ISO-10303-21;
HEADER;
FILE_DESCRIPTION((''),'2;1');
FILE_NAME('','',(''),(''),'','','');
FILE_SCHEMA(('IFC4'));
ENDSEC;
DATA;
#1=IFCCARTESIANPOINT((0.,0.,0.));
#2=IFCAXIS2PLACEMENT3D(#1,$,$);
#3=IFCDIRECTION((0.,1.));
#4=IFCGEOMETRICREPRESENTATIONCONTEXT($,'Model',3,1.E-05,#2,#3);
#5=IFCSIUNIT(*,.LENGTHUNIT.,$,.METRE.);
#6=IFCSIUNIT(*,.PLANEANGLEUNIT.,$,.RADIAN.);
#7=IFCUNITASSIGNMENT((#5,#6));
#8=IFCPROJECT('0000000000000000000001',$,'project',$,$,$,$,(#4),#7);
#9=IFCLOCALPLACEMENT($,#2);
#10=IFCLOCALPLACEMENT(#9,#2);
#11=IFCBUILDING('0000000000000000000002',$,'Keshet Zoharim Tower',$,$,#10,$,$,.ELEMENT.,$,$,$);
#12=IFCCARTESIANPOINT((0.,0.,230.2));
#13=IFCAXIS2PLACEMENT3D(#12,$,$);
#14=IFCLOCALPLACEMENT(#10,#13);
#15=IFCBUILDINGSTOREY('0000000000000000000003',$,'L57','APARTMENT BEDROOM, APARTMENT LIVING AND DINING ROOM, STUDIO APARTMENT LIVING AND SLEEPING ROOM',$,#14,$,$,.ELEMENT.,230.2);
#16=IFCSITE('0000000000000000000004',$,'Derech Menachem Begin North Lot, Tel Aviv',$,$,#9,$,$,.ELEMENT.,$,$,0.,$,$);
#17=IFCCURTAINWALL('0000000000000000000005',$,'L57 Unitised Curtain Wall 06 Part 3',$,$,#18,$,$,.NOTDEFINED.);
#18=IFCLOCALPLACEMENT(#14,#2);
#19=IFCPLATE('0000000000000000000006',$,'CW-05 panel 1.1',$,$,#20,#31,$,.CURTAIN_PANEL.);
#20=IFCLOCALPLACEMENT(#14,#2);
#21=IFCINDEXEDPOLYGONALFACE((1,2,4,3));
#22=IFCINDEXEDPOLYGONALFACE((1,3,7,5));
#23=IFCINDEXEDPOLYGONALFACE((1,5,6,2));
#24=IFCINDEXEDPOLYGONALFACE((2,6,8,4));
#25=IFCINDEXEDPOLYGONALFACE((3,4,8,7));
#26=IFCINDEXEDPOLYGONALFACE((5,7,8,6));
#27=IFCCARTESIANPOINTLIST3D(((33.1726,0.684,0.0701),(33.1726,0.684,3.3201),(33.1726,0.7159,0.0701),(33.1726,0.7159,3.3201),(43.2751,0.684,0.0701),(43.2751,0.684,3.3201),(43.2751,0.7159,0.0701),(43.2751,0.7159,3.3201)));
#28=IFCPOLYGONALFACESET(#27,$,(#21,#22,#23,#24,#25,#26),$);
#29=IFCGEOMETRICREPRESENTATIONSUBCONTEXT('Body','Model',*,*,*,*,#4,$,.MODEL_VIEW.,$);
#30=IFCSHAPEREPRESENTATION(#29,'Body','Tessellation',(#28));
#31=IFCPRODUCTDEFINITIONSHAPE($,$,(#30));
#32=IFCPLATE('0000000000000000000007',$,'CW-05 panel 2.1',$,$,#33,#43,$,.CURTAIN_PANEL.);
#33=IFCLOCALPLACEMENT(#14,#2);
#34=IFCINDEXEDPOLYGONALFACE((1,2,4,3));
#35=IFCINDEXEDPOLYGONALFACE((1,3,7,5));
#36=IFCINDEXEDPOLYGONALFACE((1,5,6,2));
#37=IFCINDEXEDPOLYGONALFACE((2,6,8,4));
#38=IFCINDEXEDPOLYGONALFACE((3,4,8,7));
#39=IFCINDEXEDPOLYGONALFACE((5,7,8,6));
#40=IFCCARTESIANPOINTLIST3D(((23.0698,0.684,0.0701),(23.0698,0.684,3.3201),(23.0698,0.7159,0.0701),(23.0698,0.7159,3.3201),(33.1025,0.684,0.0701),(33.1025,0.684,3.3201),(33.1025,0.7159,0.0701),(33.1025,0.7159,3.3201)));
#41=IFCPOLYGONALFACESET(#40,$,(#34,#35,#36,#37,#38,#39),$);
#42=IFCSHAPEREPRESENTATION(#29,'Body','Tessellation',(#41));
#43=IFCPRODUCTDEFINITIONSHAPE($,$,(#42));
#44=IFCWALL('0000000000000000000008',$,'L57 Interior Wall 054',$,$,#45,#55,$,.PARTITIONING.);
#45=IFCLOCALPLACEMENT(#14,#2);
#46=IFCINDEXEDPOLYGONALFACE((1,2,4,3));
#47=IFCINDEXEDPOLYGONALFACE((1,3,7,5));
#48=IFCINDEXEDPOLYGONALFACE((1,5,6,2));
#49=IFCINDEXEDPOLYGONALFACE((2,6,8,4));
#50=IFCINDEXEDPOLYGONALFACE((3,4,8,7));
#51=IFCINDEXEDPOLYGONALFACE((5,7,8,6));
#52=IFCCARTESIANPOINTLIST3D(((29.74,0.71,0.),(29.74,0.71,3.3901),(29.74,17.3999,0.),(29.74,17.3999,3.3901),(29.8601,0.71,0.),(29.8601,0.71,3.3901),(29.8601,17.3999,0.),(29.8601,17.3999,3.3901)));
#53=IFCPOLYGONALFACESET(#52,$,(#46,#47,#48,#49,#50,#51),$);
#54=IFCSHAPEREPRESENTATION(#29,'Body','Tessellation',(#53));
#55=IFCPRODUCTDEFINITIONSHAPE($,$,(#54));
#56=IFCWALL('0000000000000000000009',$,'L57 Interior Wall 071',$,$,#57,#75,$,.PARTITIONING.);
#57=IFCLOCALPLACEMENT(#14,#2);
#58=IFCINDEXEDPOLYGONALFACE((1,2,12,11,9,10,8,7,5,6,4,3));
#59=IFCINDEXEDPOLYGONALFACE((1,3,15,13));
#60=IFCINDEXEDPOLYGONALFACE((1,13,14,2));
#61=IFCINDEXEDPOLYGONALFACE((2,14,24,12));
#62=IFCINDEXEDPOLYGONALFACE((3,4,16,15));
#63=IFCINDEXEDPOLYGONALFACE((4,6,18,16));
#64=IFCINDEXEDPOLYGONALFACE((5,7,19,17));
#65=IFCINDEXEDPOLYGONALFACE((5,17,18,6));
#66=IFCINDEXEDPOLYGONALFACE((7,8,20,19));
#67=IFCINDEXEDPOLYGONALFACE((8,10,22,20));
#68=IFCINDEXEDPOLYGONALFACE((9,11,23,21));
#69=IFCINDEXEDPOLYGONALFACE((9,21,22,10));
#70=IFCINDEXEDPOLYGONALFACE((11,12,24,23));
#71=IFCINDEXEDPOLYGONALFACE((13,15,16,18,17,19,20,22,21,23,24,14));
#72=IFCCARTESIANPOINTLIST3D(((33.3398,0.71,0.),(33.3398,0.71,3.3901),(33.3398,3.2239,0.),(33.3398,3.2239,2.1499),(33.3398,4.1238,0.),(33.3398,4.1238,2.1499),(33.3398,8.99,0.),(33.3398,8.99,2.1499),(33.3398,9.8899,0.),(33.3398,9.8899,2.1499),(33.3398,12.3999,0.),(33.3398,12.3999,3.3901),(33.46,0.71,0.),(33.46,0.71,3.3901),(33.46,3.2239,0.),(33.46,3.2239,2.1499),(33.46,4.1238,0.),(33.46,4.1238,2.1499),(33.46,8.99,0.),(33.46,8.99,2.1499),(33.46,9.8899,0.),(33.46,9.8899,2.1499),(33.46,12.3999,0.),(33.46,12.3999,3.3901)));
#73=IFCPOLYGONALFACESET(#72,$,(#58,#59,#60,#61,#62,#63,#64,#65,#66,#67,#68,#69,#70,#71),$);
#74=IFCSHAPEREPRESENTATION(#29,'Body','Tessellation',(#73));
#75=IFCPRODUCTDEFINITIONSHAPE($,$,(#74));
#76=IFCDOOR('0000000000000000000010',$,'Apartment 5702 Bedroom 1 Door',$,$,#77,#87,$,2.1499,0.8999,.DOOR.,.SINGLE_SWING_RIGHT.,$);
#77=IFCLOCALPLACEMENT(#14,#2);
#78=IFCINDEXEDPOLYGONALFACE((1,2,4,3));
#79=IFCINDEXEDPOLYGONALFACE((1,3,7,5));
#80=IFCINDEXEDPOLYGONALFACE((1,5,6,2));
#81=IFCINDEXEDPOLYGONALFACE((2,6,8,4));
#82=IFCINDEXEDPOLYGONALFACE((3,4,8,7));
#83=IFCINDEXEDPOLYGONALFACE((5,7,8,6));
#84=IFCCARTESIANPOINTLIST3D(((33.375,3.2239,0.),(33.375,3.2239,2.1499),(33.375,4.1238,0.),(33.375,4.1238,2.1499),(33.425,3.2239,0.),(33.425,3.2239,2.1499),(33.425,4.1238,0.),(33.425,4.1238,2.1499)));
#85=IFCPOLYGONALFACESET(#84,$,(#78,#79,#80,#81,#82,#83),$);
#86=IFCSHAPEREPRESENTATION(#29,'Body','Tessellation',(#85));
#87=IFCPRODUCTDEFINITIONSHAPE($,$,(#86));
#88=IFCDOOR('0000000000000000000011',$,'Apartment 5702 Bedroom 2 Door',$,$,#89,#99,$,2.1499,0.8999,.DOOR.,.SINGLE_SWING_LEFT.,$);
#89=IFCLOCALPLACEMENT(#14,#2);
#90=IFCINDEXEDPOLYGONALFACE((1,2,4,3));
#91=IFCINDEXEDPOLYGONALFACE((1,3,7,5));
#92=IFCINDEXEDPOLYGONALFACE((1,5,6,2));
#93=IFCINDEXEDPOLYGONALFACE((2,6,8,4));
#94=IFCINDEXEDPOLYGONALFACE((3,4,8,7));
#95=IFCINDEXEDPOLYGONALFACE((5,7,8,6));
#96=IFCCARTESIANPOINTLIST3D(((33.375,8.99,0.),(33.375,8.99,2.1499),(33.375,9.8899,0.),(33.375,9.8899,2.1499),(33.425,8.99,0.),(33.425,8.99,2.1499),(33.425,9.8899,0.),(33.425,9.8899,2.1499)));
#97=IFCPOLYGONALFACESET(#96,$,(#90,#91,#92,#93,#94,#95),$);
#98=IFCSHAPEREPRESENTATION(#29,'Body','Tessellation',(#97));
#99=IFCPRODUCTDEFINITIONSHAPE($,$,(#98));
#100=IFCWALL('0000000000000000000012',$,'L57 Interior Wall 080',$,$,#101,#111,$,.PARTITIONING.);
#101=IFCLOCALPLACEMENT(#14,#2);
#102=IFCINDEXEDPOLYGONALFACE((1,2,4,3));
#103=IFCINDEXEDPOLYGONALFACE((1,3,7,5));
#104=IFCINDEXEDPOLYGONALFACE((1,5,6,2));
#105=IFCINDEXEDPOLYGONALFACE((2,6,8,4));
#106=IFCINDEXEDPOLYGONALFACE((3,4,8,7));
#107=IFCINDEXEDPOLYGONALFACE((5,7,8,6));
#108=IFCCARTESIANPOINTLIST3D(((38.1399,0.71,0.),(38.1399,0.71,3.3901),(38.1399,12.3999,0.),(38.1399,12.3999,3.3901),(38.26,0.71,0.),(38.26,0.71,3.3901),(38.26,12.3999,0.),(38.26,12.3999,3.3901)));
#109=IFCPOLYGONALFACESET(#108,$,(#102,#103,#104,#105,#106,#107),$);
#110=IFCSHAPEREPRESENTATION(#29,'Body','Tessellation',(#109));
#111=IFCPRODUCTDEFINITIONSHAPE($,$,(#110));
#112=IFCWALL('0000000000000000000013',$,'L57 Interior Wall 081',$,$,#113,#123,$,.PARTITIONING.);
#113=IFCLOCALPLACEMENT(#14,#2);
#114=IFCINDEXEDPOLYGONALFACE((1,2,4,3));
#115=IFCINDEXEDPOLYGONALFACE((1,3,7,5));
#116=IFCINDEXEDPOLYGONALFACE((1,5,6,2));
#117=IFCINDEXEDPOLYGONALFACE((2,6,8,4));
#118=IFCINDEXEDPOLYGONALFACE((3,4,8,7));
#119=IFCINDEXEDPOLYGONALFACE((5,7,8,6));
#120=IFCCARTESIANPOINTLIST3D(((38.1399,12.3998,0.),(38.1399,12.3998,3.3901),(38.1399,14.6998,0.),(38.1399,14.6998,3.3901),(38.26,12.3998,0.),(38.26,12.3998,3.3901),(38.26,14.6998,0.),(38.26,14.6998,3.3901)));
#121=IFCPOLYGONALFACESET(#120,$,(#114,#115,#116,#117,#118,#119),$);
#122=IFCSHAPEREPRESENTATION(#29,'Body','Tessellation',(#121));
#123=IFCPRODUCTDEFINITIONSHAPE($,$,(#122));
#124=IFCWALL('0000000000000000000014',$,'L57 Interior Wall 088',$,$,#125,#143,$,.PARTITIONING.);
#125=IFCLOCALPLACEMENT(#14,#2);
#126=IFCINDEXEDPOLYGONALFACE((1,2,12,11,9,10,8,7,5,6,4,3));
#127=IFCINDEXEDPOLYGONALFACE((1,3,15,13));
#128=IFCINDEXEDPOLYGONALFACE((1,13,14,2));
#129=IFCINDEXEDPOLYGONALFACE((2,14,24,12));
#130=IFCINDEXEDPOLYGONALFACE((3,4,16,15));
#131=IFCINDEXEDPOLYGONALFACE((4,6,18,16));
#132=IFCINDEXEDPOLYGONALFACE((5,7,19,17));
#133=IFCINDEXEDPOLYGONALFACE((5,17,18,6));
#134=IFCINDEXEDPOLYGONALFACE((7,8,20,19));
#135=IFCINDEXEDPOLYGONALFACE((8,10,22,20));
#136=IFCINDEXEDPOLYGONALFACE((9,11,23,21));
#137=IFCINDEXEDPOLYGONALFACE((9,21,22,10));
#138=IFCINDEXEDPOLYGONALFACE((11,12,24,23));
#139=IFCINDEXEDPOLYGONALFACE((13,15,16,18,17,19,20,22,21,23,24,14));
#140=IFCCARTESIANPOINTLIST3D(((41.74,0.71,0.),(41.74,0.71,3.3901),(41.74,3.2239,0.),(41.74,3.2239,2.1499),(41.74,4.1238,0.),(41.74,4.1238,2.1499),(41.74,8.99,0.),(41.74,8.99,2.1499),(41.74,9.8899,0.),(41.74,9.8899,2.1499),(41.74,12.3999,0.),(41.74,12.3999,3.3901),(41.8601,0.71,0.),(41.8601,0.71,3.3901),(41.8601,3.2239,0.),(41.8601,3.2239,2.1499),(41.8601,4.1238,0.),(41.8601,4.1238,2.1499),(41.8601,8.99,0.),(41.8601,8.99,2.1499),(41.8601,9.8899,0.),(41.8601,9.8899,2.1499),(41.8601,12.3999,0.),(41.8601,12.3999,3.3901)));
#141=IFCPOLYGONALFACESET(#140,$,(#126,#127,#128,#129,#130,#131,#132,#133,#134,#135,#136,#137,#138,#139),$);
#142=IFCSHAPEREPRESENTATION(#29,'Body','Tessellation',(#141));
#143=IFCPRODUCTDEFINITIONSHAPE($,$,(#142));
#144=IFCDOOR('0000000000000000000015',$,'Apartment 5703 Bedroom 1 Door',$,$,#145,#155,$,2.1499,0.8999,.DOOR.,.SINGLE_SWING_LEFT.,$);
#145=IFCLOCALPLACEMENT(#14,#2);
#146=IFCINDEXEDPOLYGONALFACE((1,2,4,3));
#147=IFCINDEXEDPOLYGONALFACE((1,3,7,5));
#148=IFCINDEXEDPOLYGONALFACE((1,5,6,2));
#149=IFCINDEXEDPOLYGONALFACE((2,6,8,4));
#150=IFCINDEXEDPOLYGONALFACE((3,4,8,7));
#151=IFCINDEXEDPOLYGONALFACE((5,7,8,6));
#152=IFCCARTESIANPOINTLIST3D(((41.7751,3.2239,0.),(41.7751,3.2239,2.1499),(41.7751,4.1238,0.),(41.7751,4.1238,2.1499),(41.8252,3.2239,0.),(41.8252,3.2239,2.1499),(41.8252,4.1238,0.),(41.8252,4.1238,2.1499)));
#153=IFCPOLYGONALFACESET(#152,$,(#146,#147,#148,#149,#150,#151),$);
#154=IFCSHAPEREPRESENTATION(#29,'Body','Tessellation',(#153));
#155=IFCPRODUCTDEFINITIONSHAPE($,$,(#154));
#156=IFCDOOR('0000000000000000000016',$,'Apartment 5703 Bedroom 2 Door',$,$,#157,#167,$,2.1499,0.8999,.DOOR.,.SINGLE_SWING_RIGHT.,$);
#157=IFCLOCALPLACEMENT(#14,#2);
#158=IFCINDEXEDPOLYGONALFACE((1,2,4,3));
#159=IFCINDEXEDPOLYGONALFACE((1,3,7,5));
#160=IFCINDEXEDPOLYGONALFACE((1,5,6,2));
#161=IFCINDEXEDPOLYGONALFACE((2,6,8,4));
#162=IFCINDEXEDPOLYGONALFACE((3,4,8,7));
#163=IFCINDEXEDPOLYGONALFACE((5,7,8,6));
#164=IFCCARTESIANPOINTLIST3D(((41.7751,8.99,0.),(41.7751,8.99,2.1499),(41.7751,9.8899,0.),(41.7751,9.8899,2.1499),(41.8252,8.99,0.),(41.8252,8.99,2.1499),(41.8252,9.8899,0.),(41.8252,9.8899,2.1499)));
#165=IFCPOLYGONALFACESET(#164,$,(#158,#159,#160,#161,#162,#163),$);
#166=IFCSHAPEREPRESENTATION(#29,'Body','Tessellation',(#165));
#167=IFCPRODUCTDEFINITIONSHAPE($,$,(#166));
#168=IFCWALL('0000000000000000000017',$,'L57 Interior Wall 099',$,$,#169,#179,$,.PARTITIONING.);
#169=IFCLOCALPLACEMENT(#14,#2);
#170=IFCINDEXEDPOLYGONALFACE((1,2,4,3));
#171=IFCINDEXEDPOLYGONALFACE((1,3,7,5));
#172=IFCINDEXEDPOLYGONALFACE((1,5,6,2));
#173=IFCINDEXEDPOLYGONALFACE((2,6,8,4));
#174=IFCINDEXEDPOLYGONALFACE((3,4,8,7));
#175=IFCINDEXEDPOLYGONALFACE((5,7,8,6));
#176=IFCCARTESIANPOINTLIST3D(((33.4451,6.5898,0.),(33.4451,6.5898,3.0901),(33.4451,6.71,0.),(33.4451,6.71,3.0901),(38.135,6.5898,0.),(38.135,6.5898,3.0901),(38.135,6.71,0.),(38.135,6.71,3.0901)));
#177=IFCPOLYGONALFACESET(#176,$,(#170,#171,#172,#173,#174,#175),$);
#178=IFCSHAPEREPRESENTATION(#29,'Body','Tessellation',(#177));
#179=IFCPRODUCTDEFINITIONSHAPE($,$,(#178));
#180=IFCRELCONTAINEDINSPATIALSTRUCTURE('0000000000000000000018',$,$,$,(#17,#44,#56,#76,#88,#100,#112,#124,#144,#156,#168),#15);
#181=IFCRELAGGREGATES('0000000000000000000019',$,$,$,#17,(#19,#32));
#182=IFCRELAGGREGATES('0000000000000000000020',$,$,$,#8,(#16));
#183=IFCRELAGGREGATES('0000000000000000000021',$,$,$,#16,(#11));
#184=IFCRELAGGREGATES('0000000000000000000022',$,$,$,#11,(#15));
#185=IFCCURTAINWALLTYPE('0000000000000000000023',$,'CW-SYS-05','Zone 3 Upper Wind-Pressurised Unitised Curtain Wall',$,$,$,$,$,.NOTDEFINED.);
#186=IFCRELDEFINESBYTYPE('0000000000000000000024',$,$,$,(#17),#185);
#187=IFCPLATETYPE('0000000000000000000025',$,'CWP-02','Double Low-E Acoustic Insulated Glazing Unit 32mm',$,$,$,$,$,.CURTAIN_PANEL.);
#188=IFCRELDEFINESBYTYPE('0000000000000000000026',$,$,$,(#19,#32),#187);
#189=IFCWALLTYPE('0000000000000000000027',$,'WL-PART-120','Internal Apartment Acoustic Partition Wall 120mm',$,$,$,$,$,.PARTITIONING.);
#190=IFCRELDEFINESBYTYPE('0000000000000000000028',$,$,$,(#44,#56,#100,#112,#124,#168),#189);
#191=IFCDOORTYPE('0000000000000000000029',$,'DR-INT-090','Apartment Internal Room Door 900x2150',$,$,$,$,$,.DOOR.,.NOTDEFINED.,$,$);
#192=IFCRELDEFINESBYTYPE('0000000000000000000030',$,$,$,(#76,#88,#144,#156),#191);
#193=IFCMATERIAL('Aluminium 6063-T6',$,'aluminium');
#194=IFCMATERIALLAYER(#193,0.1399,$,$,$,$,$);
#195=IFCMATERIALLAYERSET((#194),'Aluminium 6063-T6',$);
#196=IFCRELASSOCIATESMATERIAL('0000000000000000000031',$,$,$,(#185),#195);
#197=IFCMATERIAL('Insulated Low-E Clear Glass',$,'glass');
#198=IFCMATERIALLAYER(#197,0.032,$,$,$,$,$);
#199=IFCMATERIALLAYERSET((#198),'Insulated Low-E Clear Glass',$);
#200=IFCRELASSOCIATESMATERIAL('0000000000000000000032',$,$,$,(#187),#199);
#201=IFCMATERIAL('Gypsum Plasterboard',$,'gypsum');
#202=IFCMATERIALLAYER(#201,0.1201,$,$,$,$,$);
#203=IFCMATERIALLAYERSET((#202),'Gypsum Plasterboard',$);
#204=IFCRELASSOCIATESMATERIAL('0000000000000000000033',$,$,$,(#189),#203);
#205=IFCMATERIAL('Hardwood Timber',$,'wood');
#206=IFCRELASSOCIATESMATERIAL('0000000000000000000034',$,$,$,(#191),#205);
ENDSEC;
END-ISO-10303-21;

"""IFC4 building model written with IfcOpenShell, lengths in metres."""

from ifc_helpers import new_model, si_unit, direction, frame, frame_2d, origin, origin_2d, place, context, subcontext, project, spatial, rectangle, extrude, material, layer, layer_set, type_object, element, fill, aggregate, save


model = new_model("IFC4")

# Units and contexts
model_context = context("Model", 3, precision=1e-05, world=origin(), true_north=direction((0.0, 1.0)))
body_context = subcontext(model_context, "Body", "Model", "MODEL_VIEW")
ifc_project = project(units=[si_unit("LENGTHUNIT", "METRE"), si_unit("PLANEANGLEUNIT", "RADIAN")], contexts=[model_context])

# Site, building, storey
site_placement = place(None, origin())
site = spatial("IfcSite", under=ifc_project, at=site_placement, Name="Derech Menachem Begin North Lot, Tel Aviv", CompositionType="ELEMENT", RefElevation=0.0)
building_placement = place(site_placement, origin())
building = spatial("IfcBuilding", under=site, at=building_placement, Name="Keshet Zoharim Tower", CompositionType="ELEMENT")
storey_placement = place(building_placement, frame((0.0, 0.0, 230.2)))
storey = spatial("IfcBuildingStorey", under=building, at=storey_placement, Name="L57", Description="APARTMENT BEDROOM, APARTMENT LIVING AND DINING ROOM, STUDIO APARTMENT LIVING AND SLEEPING ROOM", CompositionType="ELEMENT", Elevation=230.2)

# Curtain wall, plates
ifc_material_1 = material(Name="Aluminium 6063-T6", Category="aluminium")
ifc_layer_1 = layer(ifc_material_1, 0.1399)
ifc_layer_set_1 = layer_set([ifc_layer_1], Name="Aluminium 6063-T6")
curtain_wall_type = type_object("IfcCurtainWallType", Name="CW-SYS-05", Description="Zone 3 Upper Wind-Pressurised Unitised Curtain Wall", PredefinedType="NOTDEFINED", material=ifc_layer_set_1)
curtain_wall_placement = place(storey_placement, origin())
curtain_wall = element("IfcCurtainWall", 1, at=curtain_wall_placement, inside=storey, type_object=curtain_wall_type, Name="L57 Unitised Curtain Wall 06 Part 3", PredefinedType="NOTDEFINED")
ifc_material_2 = material(Name="Insulated Low-E Clear Glass", Category="glass")
ifc_layer_2 = layer(ifc_material_2, 0.032)
ifc_layer_set_2 = layer_set([ifc_layer_2], Name="Insulated Low-E Clear Glass")
plate_type = type_object("IfcPlateType", Name="CWP-02", Description="Double Low-E Acoustic Insulated Glazing Unit 32mm", PredefinedType="CURTAIN_PANEL", material=ifc_layer_set_2)
plate_1_placement = place(storey_placement, frame((38.2239, 0.7, 0.0701), z_axis=(0.0, 0.0, 1.0), x_axis=(-1.0, 0.0, 0.0)))
plate_1 = element("IfcPlate", 2, at=plate_1_placement, type_object=plate_type, Name="CW-05 panel 1.1", PredefinedType="CURTAIN_PANEL", context=body_context, shape_type="SweptSolid", body=[
    extrude(rectangle(XDim=10.1025, YDim=0.032, at=origin_2d()), origin(), (0.0, 0.0, 1.0), 3.25),
])
plate_2_placement = place(storey_placement, frame((28.0862, 0.7, 0.0701), z_axis=(0.0, 0.0, 1.0), x_axis=(-1.0, 0.0, 0.0)))
plate_2 = element("IfcPlate", 3, at=plate_2_placement, type_object=plate_type, Name="CW-05 panel 2.1", PredefinedType="CURTAIN_PANEL", context=body_context, shape_type="SweptSolid", body=[
    extrude(rectangle(XDim=10.0327, YDim=0.032, at=origin_2d()), origin(), (0.0, 0.0, 1.0), 3.25),
])
aggregate(curtain_wall, [plate_1, plate_2])

# Wall
ifc_material_3 = material(Name="Gypsum Plasterboard", Category="gypsum")
ifc_layer_3 = layer(ifc_material_3, 0.1201)
ifc_layer_set_3 = layer_set([ifc_layer_3], Name="Gypsum Plasterboard")
wall_type = type_object("IfcWallType", Name="WL-PART-120", Description="Internal Apartment Acoustic Partition Wall 120mm", PredefinedType="PARTITIONING", material=ifc_layer_set_3)
wall_1_placement = place(storey_placement, frame((29.8, 0.71, 0.0), z_axis=(0.0, 0.0, 1.0), x_axis=(0.0, 1.0, 0.0)))
element("IfcWall", 4, at=wall_1_placement, inside=storey, type_object=wall_type, Name="L57 Interior Wall 054", PredefinedType="PARTITIONING", context=body_context, shape_type="SweptSolid", body=[
    extrude(rectangle(XDim=16.6899, YDim=0.1201, at=frame_2d((8.345, 0.0))), origin(), (0.0, 0.0, 1.0), 3.3901),
])

# Wall, openings, doors
wall_2_placement = place(storey_placement, frame((33.3999, 0.71, 0.0), z_axis=(0.0, 0.0, 1.0), x_axis=(0.0, 1.0, 0.0)))
wall_2 = element("IfcWall", 5, at=wall_2_placement, inside=storey, type_object=wall_type, Name="L57 Interior Wall 071", PredefinedType="PARTITIONING", context=body_context, shape_type="SweptSolid", body=[
    extrude(rectangle(XDim=11.6899, YDim=0.1201, at=frame_2d((5.845, 0.0))), origin(), (0.0, 0.0, 1.0), 3.3901),
])
opening_1_placement = place(wall_2_placement, frame((2.5139, 0.0, 0.0)))
opening_1 = element("IfcOpeningElement", 6, at=opening_1_placement, cuts=wall_2, PredefinedType="OPENING", context=body_context, shape_type="SweptSolid", body=[
    extrude(rectangle(XDim=0.8999, YDim=2.1499, at=frame_2d((0.45, 1.075))), frame((0.0, 0.0701, 0.0), z_axis=(0.0, -1.0, 0.0), x_axis=(1.0, 0.0, 0.0)), (0.0, 0.0, 1.0), 0.1401),
])
opening_2_placement = place(wall_2_placement, frame((8.28, 0.0, 0.0)))
opening_2 = element("IfcOpeningElement", 7, at=opening_2_placement, cuts=wall_2, PredefinedType="OPENING", context=body_context, shape_type="SweptSolid", body=[
    extrude(rectangle(XDim=0.8999, YDim=2.1499, at=frame_2d((0.45, 1.075))), frame((0.0, 0.0701, 0.0), z_axis=(0.0, -1.0, 0.0), x_axis=(1.0, 0.0, 0.0)), (0.0, 0.0, 1.0), 0.1401),
])
ifc_material_4 = material(Name="Hardwood Timber", Category="wood")
door_type = type_object("IfcDoorType", Name="DR-INT-090", Description="Apartment Internal Room Door 900x2150", OperationType="NOTDEFINED", PredefinedType="DOOR", material=ifc_material_4)
door_1_placement = place(opening_1_placement, origin())
door_1 = element("IfcDoor", 8, at=door_1_placement, inside=storey, type_object=door_type, Name="Apartment 5702 Bedroom 1 Door", OperationType="SINGLE_SWING_RIGHT", OverallHeight=2.1499, OverallWidth=0.8999, PredefinedType="DOOR", context=body_context, shape_type="SweptSolid", body=[
    extrude(rectangle(XDim=0.8999, YDim=2.1499, at=frame_2d((0.45, 1.075))), frame((0.0, 0.0249, 0.0), z_axis=(0.0, -1.0, 0.0), x_axis=(1.0, 0.0, 0.0)), (0.0, 0.0, 1.0), 0.05),
])
fill(opening_1, door_1)
door_2_placement = place(opening_2_placement, origin())
door_2 = element("IfcDoor", 9, at=door_2_placement, inside=storey, type_object=door_type, Name="Apartment 5702 Bedroom 2 Door", OperationType="SINGLE_SWING_LEFT", OverallHeight=2.1499, OverallWidth=0.8999, PredefinedType="DOOR", context=body_context, shape_type="SweptSolid", body=[
    extrude(rectangle(XDim=0.8999, YDim=2.1499, at=frame_2d((0.45, 1.075))), frame((0.0, 0.0249, 0.0), z_axis=(0.0, -1.0, 0.0), x_axis=(1.0, 0.0, 0.0)), (0.0, 0.0, 1.0), 0.05),
])
fill(opening_2, door_2)

# Walls
wall_3_placement = place(storey_placement, frame((38.2, 0.71, 0.0), z_axis=(0.0, 0.0, 1.0), x_axis=(0.0, 1.0, 0.0)))
element("IfcWall", 10, at=wall_3_placement, inside=storey, type_object=wall_type, Name="L57 Interior Wall 080", PredefinedType="PARTITIONING", context=body_context, shape_type="SweptSolid", body=[
    extrude(rectangle(XDim=11.6899, YDim=0.1201, at=frame_2d((5.845, 0.0))), origin(), (0.0, 0.0, 1.0), 3.3901),
])
wall_4_placement = place(storey_placement, frame((38.2, 12.3999, 0.0), z_axis=(0.0, 0.0, 1.0), x_axis=(0.0, 1.0, 0.0)))
element("IfcWall", 11, at=wall_4_placement, inside=storey, type_object=wall_type, Name="L57 Interior Wall 081", PredefinedType="PARTITIONING", context=body_context, shape_type="SweptSolid", body=[
    extrude(rectangle(XDim=2.3, YDim=0.1201, at=frame_2d((1.1499, 0.0))), origin(), (0.0, 0.0, 1.0), 3.3901),
])

# Wall, openings, doors
wall_5_placement = place(storey_placement, frame((41.8, 0.71, 0.0), z_axis=(0.0, 0.0, 1.0), x_axis=(0.0, 1.0, 0.0)))
wall_5 = element("IfcWall", 12, at=wall_5_placement, inside=storey, type_object=wall_type, Name="L57 Interior Wall 088", PredefinedType="PARTITIONING", context=body_context, shape_type="SweptSolid", body=[
    extrude(rectangle(XDim=11.6899, YDim=0.1201, at=frame_2d((5.845, 0.0))), origin(), (0.0, 0.0, 1.0), 3.3901),
])
opening_3_placement = place(wall_5_placement, frame((2.5139, 0.0, 0.0)))
opening_3 = element("IfcOpeningElement", 13, at=opening_3_placement, cuts=wall_5, PredefinedType="OPENING", context=body_context, shape_type="SweptSolid", body=[
    extrude(rectangle(XDim=0.8999, YDim=2.1499, at=frame_2d((0.45, 1.075))), frame((0.0, 0.0701, 0.0), z_axis=(0.0, -1.0, 0.0), x_axis=(1.0, 0.0, 0.0)), (0.0, 0.0, 1.0), 0.1401),
])
opening_4_placement = place(wall_5_placement, frame((8.28, 0.0, 0.0)))
opening_4 = element("IfcOpeningElement", 14, at=opening_4_placement, cuts=wall_5, PredefinedType="OPENING", context=body_context, shape_type="SweptSolid", body=[
    extrude(rectangle(XDim=0.8999, YDim=2.1499, at=frame_2d((0.45, 1.075))), frame((0.0, 0.0701, 0.0), z_axis=(0.0, -1.0, 0.0), x_axis=(1.0, 0.0, 0.0)), (0.0, 0.0, 1.0), 0.1401),
])
door_3_placement = place(opening_3_placement, origin())
door_3 = element("IfcDoor", 15, at=door_3_placement, inside=storey, type_object=door_type, Name="Apartment 5703 Bedroom 1 Door", OperationType="SINGLE_SWING_LEFT", OverallHeight=2.1499, OverallWidth=0.8999, PredefinedType="DOOR", context=body_context, shape_type="SweptSolid", body=[
    extrude(rectangle(XDim=0.8999, YDim=2.1499, at=frame_2d((0.45, 1.075))), frame((0.0, 0.0249, 0.0), z_axis=(0.0, -1.0, 0.0), x_axis=(1.0, 0.0, 0.0)), (0.0, 0.0, 1.0), 0.05),
])
fill(opening_3, door_3)
door_4_placement = place(opening_4_placement, origin())
door_4 = element("IfcDoor", 16, at=door_4_placement, inside=storey, type_object=door_type, Name="Apartment 5703 Bedroom 2 Door", OperationType="SINGLE_SWING_RIGHT", OverallHeight=2.1499, OverallWidth=0.8999, PredefinedType="DOOR", context=body_context, shape_type="SweptSolid", body=[
    extrude(rectangle(XDim=0.8999, YDim=2.1499, at=frame_2d((0.45, 1.075))), frame((0.0, 0.0249, 0.0), z_axis=(0.0, -1.0, 0.0), x_axis=(1.0, 0.0, 0.0)), (0.0, 0.0, 1.0), 0.05),
])
fill(opening_4, door_4)

# Wall
wall_6_placement = place(storey_placement, frame((33.4451, 6.6499, 0.0), z_axis=(0.0, 0.0, 1.0), x_axis=(1.0, 0.0, 0.0)))
element("IfcWall", 17, at=wall_6_placement, inside=storey, type_object=wall_type, Name="L57 Interior Wall 099", PredefinedType="PARTITIONING", context=body_context, shape_type="SweptSolid", body=[
    extrude(rectangle(XDim=4.6899, YDim=0.1201, at=frame_2d((2.345, 0.0))), origin(), (0.0, 0.0, 1.0), 3.0901),
])

save(model, "model.ifc")
